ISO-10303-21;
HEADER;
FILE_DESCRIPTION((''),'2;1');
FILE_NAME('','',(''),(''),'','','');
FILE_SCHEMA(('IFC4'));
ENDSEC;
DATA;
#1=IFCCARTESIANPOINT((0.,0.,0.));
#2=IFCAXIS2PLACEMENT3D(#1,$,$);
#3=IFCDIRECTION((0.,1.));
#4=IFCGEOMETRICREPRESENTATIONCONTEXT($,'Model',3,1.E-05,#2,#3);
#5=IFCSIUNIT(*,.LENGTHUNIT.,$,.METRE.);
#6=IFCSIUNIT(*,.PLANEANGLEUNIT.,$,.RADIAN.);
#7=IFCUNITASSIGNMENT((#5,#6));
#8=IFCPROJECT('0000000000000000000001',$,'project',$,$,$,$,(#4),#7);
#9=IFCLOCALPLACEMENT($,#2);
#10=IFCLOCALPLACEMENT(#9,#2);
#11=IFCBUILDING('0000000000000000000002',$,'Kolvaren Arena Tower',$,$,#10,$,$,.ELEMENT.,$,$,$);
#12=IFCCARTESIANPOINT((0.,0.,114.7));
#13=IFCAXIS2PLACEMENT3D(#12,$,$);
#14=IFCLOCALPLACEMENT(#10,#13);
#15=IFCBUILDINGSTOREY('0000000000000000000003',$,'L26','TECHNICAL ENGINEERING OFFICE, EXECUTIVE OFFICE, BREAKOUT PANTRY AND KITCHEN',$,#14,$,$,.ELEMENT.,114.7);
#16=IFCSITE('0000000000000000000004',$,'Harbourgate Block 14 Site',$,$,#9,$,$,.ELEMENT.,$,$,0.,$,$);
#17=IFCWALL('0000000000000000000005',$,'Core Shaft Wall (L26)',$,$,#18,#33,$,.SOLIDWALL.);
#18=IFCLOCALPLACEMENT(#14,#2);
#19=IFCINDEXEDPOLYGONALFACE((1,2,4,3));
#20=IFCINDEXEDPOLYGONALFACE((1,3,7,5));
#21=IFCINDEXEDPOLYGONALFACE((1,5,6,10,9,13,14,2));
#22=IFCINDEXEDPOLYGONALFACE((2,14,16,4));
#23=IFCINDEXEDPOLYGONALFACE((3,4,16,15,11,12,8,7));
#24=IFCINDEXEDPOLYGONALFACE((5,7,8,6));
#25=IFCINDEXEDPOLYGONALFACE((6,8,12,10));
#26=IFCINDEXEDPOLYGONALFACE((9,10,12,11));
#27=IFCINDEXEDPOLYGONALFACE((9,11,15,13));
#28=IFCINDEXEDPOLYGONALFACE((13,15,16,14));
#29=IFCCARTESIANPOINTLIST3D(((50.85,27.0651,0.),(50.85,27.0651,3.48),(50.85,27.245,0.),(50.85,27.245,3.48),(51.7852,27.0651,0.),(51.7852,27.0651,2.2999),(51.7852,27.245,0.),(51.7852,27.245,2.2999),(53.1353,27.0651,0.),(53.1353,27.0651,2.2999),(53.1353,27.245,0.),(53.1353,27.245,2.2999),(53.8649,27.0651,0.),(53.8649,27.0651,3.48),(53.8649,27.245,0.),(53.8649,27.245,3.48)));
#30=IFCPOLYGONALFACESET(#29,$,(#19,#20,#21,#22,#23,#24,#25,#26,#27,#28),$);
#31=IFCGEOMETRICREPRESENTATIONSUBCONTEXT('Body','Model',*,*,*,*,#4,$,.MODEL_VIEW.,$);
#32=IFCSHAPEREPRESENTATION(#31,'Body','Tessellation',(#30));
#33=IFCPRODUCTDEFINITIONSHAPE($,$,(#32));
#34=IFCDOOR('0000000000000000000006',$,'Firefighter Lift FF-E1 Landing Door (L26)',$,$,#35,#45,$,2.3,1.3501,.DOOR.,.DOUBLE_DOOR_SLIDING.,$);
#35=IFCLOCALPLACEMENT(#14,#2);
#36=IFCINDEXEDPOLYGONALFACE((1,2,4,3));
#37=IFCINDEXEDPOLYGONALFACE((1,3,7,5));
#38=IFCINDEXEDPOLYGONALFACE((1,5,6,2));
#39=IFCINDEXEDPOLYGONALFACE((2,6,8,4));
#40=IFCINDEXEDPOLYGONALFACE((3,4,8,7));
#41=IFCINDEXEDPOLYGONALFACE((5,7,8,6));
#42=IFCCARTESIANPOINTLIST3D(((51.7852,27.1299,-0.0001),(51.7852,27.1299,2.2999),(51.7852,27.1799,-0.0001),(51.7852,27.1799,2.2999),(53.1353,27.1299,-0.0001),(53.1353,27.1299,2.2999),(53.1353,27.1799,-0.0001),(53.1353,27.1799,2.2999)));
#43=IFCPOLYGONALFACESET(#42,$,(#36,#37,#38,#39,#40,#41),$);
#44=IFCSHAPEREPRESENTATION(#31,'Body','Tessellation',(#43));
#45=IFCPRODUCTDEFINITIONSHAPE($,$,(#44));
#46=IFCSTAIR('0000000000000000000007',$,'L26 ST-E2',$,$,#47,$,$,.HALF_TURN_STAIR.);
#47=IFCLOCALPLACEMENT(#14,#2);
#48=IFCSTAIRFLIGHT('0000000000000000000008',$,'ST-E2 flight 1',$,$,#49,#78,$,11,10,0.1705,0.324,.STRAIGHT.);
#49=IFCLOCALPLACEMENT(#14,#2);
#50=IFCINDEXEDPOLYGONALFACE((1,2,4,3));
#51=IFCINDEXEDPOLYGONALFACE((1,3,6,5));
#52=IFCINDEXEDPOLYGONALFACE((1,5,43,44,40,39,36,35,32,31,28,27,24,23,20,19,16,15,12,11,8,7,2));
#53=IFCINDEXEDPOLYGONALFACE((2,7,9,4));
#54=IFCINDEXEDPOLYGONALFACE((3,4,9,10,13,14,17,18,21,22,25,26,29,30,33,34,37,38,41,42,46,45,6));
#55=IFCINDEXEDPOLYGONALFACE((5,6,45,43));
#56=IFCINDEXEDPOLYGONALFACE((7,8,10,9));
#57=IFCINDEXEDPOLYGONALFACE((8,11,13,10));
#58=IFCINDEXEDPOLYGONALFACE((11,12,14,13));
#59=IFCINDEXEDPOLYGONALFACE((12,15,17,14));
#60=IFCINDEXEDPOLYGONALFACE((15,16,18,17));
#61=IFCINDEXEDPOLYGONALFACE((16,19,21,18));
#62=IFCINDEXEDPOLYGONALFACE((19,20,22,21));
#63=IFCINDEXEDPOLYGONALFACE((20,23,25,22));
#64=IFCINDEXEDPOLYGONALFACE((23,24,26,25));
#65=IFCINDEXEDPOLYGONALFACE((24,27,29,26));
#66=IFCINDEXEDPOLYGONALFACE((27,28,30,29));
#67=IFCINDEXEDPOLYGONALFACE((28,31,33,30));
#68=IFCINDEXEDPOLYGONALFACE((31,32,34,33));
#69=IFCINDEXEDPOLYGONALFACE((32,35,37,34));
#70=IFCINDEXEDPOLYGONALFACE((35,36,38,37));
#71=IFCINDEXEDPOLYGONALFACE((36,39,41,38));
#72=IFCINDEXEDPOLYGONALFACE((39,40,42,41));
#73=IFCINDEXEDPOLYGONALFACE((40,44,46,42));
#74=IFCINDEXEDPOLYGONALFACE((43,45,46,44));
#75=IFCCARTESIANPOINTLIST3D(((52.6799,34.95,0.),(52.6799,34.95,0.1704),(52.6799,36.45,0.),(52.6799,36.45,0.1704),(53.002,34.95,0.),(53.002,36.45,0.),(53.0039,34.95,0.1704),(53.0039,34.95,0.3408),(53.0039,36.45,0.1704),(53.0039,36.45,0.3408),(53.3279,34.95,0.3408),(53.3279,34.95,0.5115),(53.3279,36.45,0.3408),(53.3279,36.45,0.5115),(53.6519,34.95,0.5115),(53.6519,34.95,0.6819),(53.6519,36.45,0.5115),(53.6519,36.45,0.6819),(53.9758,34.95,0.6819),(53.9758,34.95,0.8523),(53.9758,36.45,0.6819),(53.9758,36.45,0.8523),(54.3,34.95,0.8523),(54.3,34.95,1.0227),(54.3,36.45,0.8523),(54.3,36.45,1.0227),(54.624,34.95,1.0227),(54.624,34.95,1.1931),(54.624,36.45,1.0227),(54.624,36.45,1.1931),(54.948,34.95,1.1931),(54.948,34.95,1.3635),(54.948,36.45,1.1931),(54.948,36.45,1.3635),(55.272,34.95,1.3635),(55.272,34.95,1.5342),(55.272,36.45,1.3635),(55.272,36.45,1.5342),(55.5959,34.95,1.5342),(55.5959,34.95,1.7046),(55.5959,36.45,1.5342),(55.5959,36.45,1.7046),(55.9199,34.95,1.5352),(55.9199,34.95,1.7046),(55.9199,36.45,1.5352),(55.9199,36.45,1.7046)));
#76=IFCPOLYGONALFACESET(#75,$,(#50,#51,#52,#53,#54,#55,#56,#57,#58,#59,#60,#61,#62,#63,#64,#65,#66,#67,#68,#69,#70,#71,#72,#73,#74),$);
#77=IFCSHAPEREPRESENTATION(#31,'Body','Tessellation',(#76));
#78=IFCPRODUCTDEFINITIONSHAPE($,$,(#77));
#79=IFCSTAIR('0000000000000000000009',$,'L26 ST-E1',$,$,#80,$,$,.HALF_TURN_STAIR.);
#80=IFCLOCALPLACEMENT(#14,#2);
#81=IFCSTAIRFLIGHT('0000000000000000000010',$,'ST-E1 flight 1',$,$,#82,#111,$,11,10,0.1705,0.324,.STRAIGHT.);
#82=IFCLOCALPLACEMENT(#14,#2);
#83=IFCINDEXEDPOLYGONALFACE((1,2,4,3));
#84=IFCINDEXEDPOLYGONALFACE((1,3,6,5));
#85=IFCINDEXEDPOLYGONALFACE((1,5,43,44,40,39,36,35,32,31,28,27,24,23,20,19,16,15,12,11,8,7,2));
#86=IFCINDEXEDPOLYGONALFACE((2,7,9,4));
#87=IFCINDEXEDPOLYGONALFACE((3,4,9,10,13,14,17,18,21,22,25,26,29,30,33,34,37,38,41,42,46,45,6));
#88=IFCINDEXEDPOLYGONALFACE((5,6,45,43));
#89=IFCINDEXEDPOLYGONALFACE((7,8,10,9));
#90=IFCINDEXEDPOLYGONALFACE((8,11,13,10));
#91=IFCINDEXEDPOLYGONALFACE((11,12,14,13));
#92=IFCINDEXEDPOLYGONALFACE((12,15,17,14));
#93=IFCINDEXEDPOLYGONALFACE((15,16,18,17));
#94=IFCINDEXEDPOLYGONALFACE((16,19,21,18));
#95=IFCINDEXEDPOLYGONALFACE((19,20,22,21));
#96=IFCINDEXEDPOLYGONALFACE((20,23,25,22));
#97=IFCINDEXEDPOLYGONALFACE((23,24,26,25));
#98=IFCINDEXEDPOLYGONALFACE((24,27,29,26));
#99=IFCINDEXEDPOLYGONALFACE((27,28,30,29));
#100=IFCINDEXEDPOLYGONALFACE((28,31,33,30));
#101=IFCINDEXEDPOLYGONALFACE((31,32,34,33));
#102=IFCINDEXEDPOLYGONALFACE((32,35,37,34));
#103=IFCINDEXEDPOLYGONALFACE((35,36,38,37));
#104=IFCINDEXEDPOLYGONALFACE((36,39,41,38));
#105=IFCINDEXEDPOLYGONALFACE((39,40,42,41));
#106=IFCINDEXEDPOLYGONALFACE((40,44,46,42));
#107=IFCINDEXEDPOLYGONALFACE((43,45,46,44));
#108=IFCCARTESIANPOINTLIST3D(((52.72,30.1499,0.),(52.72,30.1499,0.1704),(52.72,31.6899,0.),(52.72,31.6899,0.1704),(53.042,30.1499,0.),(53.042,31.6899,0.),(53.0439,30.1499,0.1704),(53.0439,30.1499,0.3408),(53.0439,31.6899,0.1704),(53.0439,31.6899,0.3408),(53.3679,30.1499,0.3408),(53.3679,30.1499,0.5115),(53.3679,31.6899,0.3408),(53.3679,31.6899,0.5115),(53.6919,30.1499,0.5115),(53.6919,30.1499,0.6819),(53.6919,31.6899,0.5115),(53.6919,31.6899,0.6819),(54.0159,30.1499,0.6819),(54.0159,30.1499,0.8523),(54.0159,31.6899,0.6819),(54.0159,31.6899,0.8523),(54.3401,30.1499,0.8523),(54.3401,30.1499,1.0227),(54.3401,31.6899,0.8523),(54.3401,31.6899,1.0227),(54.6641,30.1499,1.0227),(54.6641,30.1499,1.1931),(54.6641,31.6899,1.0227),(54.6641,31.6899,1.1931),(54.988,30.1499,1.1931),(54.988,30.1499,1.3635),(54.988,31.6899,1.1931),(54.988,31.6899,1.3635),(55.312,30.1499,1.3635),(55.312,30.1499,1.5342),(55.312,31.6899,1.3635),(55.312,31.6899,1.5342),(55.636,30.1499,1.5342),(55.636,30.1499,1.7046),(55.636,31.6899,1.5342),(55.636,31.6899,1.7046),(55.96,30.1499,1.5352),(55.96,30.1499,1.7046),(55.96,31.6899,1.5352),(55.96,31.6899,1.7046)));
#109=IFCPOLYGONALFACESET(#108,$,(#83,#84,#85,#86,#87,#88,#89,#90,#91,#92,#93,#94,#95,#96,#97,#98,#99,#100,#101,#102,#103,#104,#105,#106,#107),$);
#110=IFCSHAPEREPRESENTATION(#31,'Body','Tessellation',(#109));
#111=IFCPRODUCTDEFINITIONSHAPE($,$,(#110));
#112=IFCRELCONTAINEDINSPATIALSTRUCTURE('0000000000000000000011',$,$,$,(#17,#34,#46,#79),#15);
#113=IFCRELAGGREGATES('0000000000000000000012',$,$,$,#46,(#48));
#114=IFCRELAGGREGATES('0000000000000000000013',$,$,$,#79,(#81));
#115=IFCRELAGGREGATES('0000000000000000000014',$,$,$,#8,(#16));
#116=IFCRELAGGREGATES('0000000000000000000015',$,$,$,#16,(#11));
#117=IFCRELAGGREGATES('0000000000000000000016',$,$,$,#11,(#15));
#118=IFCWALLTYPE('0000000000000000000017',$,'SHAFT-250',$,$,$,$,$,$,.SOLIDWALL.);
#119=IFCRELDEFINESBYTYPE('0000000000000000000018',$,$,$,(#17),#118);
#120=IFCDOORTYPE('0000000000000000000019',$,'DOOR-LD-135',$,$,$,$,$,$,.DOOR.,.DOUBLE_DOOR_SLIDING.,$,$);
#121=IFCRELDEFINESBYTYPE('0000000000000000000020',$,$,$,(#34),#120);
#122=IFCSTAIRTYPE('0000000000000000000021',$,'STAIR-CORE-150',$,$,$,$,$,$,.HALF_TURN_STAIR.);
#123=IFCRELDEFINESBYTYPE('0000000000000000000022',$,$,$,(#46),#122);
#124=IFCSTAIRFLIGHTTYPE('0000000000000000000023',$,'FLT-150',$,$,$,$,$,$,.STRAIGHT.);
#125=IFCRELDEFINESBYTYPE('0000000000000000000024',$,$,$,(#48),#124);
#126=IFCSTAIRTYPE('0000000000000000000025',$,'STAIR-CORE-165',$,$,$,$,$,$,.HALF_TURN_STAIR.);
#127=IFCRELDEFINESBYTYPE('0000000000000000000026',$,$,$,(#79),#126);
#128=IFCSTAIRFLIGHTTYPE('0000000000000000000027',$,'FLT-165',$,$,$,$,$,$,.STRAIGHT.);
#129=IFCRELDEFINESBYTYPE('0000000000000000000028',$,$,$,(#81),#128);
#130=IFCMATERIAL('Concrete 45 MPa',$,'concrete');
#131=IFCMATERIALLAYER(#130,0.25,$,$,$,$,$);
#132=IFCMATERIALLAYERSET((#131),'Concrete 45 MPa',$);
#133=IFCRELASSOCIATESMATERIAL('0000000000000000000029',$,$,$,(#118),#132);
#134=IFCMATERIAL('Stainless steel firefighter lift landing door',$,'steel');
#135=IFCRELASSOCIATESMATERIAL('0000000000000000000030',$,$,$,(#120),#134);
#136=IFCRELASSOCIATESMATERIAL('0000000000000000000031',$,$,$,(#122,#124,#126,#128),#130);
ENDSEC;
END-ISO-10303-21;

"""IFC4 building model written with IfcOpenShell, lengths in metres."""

from ifc_helpers import new_model, si_unit, direction, frame, frame_2d, origin, place, context, subcontext, project, spatial, polyline, rectangle, outline, extrude, material, layer, layer_set, type_object, element, fill, aggregate, save


model = new_model("IFC4")

# Units and contexts
model_context = context("Model", 3, precision=1e-05, world=origin(), true_north=direction((0.0, 1.0)))
body_context = subcontext(model_context, "Body", "Model", "MODEL_VIEW")
ifc_project = project(units=[si_unit("LENGTHUNIT", "METRE"), si_unit("PLANEANGLEUNIT", "RADIAN")], contexts=[model_context])

# Site, building, storey
site_placement = place(None, origin())
site = spatial("IfcSite", under=ifc_project, at=site_placement, Name="Harbourgate Block 14 Site", CompositionType="ELEMENT", RefElevation=0.0)
building_placement = place(site_placement, origin())
building = spatial("IfcBuilding", under=site, at=building_placement, Name="Kolvaren Arena Tower", CompositionType="ELEMENT")
storey_placement = place(building_placement, frame((0.0, 0.0, 114.7)))
storey = spatial("IfcBuildingStorey", under=building, at=storey_placement, Name="L26", Description="TECHNICAL ENGINEERING OFFICE, EXECUTIVE OFFICE, BREAKOUT PANTRY AND KITCHEN", CompositionType="ELEMENT", Elevation=114.7)

# Shared definitions
ifc_material_1 = material(Name="Concrete 45 MPa", Category="concrete")
ifc_layer_1 = layer(ifc_material_1, 0.25)
ifc_layer_set_1 = layer_set([ifc_layer_1], Name="Concrete 45 MPa")
wall_type_1 = type_object("IfcWallType", Name="SHAFT-250", PredefinedType="SOLIDWALL", material=ifc_layer_set_1)

# Wall, opening, door
wall_1_placement = place(storey_placement, frame((50.8501, 27.155, 0.0), z_axis=(0.0, 0.0, 1.0), x_axis=(1.0, 0.0, 0.0)))
wall_1 = element("IfcWall", 1, at=wall_1_placement, inside=storey, type_object=wall_type_1, Name="Core Shaft Wall (L26)", PredefinedType="SOLIDWALL", context=body_context, shape_type="SweptSolid", body=[
    extrude(rectangle(XDim=3.0149, YDim=0.1799, at=frame_2d((1.5073, 0.0))), origin(), (0.0, 0.0, 1.0), 3.48),
])
opening_1_placement = place(wall_1_placement, frame((0.9351, 0.0, 0.0)))
opening_1 = element("IfcOpeningElement", 2, at=opening_1_placement, cuts=wall_1, PredefinedType="OPENING", context=body_context, shape_type="SweptSolid", body=[
    extrude(rectangle(XDim=1.3501, YDim=2.3, at=frame_2d((0.675, 1.1499))), frame((0.0, 0.0999, 0.0), z_axis=(0.0, -1.0, 0.0), x_axis=(1.0, 0.0, 0.0)), (0.0, 0.0, 1.0), 0.2),
])
ifc_material_2 = material(Name="Stainless steel firefighter lift landing door", Category="steel")
door_type_1 = type_object("IfcDoorType", Name="DOOR-LD-135", OperationType="DOUBLE_DOOR_SLIDING", PredefinedType="DOOR", material=ifc_material_2)
door_1_placement = place(opening_1_placement, origin())
door_1 = element("IfcDoor", 3, at=door_1_placement, inside=storey, type_object=door_type_1, Name="Firefighter Lift FF-E1 Landing Door (L26)", OperationType="DOUBLE_DOOR_SLIDING", OverallHeight=2.3, OverallWidth=1.3501, PredefinedType="DOOR", context=body_context, shape_type="SweptSolid", body=[
    extrude(rectangle(XDim=1.3501, YDim=2.3, at=frame_2d((0.675, 1.1499))), frame((0.0, 0.0249, 0.0), z_axis=(0.0, -1.0, 0.0), x_axis=(1.0, 0.0, 0.0)), (0.0, 0.0, 1.0), 0.05),
])
fill(opening_1, door_1)

# Stairs, stair flights
stair_type_1 = type_object("IfcStairType", Name="STAIR-CORE-150", PredefinedType="HALF_TURN_STAIR", material=ifc_material_1)
stair_1_placement = place(storey_placement, origin())
stair_1 = element("IfcStair", 4, at=stair_1_placement, inside=storey, type_object=stair_type_1, Name="L26 ST-E2", PredefinedType="HALF_TURN_STAIR")
stair_flight_type_1 = type_object("IfcStairFlightType", Name="FLT-150", PredefinedType="STRAIGHT", material=ifc_material_1)
stair_flight_1_placement = place(storey_placement, frame((52.6799, 35.7, 0.0), z_axis=(0.0, 0.0, 1.0), x_axis=(1.0, 0.0, 0.0)))
stair_flight_1 = element("IfcStairFlight", 5, at=stair_flight_1_placement, type_object=stair_flight_type_1, Name="ST-E2 flight 1", NumberOfRisers=11, NumberOfTreads=10, PredefinedType="STRAIGHT", RiserHeight=0.1705, TreadLength=0.324, context=body_context, shape_type="SweptSolid", body=[
    extrude(outline(polyline([(0.0, 0.0), (0.0, 0.1704), (0.324, 0.1704), (0.324, 0.3408), (0.6479, 0.3408), (0.6479, 0.5115), (0.9719, 0.5115), (0.9719, 0.6819), (1.2959, 0.6819), (1.2959, 0.8523), (1.6201, 0.8523), (1.6201, 1.0227), (1.9441, 1.0227), (1.9441, 1.1931), (2.2681, 1.1931), (2.2681, 1.3635), (2.592, 1.3635), (2.592, 1.5342), (2.916, 1.5342), (2.916, 1.7046), (3.24, 1.7046), (3.24, 1.875), (3.24, 1.5352), (0.322, 0.0), (0.0, 0.0)])), frame((0.0, 0.75, 0.0), z_axis=(0.0, -1.0, 0.0), x_axis=(1.0, 0.0, 0.0)), (0.0, 0.0, 1.0), 1.5),
])
aggregate(stair_1, [stair_flight_1])
stair_type_2 = type_object("IfcStairType", Name="STAIR-CORE-165", PredefinedType="HALF_TURN_STAIR", material=ifc_material_1)
stair_2_placement = place(storey_placement, origin())
stair_2 = element("IfcStair", 6, at=stair_2_placement, inside=storey, type_object=stair_type_2, Name="L26 ST-E1", PredefinedType="HALF_TURN_STAIR")
stair_flight_type_2 = type_object("IfcStairFlightType", Name="FLT-165", PredefinedType="STRAIGHT", material=ifc_material_1)
stair_flight_2_placement = place(storey_placement, frame((52.72, 30.9199, 0.0), z_axis=(0.0, 0.0, 1.0), x_axis=(1.0, 0.0, 0.0)))
stair_flight_2 = element("IfcStairFlight", 7, at=stair_flight_2_placement, type_object=stair_flight_type_2, Name="ST-E1 flight 1", NumberOfRisers=11, NumberOfTreads=10, PredefinedType="STRAIGHT", RiserHeight=0.1705, TreadLength=0.324, context=body_context, shape_type="SweptSolid", body=[
    extrude(outline(polyline([(0.0, 0.0), (0.0, 0.1704), (0.324, 0.1704), (0.324, 0.3408), (0.6479, 0.3408), (0.6479, 0.5115), (0.9719, 0.5115), (0.9719, 0.6819), (1.2959, 0.6819), (1.2959, 0.8523), (1.6201, 0.8523), (1.6201, 1.0227), (1.9441, 1.0227), (1.9441, 1.1931), (2.2681, 1.1931), (2.2681, 1.3635), (2.592, 1.3635), (2.592, 1.5342), (2.916, 1.5342), (2.916, 1.7046), (3.24, 1.7046), (3.24, 1.875), (3.24, 1.5352), (0.322, 0.0), (0.0, 0.0)])), frame((0.0, 0.77, 0.0), z_axis=(0.0, -1.0, 0.0), x_axis=(1.0, 0.0, 0.0)), (0.0, 0.0, 1.0), 1.54),
])
aggregate(stair_2, [stair_flight_2])

save(model, "model.ifc")
